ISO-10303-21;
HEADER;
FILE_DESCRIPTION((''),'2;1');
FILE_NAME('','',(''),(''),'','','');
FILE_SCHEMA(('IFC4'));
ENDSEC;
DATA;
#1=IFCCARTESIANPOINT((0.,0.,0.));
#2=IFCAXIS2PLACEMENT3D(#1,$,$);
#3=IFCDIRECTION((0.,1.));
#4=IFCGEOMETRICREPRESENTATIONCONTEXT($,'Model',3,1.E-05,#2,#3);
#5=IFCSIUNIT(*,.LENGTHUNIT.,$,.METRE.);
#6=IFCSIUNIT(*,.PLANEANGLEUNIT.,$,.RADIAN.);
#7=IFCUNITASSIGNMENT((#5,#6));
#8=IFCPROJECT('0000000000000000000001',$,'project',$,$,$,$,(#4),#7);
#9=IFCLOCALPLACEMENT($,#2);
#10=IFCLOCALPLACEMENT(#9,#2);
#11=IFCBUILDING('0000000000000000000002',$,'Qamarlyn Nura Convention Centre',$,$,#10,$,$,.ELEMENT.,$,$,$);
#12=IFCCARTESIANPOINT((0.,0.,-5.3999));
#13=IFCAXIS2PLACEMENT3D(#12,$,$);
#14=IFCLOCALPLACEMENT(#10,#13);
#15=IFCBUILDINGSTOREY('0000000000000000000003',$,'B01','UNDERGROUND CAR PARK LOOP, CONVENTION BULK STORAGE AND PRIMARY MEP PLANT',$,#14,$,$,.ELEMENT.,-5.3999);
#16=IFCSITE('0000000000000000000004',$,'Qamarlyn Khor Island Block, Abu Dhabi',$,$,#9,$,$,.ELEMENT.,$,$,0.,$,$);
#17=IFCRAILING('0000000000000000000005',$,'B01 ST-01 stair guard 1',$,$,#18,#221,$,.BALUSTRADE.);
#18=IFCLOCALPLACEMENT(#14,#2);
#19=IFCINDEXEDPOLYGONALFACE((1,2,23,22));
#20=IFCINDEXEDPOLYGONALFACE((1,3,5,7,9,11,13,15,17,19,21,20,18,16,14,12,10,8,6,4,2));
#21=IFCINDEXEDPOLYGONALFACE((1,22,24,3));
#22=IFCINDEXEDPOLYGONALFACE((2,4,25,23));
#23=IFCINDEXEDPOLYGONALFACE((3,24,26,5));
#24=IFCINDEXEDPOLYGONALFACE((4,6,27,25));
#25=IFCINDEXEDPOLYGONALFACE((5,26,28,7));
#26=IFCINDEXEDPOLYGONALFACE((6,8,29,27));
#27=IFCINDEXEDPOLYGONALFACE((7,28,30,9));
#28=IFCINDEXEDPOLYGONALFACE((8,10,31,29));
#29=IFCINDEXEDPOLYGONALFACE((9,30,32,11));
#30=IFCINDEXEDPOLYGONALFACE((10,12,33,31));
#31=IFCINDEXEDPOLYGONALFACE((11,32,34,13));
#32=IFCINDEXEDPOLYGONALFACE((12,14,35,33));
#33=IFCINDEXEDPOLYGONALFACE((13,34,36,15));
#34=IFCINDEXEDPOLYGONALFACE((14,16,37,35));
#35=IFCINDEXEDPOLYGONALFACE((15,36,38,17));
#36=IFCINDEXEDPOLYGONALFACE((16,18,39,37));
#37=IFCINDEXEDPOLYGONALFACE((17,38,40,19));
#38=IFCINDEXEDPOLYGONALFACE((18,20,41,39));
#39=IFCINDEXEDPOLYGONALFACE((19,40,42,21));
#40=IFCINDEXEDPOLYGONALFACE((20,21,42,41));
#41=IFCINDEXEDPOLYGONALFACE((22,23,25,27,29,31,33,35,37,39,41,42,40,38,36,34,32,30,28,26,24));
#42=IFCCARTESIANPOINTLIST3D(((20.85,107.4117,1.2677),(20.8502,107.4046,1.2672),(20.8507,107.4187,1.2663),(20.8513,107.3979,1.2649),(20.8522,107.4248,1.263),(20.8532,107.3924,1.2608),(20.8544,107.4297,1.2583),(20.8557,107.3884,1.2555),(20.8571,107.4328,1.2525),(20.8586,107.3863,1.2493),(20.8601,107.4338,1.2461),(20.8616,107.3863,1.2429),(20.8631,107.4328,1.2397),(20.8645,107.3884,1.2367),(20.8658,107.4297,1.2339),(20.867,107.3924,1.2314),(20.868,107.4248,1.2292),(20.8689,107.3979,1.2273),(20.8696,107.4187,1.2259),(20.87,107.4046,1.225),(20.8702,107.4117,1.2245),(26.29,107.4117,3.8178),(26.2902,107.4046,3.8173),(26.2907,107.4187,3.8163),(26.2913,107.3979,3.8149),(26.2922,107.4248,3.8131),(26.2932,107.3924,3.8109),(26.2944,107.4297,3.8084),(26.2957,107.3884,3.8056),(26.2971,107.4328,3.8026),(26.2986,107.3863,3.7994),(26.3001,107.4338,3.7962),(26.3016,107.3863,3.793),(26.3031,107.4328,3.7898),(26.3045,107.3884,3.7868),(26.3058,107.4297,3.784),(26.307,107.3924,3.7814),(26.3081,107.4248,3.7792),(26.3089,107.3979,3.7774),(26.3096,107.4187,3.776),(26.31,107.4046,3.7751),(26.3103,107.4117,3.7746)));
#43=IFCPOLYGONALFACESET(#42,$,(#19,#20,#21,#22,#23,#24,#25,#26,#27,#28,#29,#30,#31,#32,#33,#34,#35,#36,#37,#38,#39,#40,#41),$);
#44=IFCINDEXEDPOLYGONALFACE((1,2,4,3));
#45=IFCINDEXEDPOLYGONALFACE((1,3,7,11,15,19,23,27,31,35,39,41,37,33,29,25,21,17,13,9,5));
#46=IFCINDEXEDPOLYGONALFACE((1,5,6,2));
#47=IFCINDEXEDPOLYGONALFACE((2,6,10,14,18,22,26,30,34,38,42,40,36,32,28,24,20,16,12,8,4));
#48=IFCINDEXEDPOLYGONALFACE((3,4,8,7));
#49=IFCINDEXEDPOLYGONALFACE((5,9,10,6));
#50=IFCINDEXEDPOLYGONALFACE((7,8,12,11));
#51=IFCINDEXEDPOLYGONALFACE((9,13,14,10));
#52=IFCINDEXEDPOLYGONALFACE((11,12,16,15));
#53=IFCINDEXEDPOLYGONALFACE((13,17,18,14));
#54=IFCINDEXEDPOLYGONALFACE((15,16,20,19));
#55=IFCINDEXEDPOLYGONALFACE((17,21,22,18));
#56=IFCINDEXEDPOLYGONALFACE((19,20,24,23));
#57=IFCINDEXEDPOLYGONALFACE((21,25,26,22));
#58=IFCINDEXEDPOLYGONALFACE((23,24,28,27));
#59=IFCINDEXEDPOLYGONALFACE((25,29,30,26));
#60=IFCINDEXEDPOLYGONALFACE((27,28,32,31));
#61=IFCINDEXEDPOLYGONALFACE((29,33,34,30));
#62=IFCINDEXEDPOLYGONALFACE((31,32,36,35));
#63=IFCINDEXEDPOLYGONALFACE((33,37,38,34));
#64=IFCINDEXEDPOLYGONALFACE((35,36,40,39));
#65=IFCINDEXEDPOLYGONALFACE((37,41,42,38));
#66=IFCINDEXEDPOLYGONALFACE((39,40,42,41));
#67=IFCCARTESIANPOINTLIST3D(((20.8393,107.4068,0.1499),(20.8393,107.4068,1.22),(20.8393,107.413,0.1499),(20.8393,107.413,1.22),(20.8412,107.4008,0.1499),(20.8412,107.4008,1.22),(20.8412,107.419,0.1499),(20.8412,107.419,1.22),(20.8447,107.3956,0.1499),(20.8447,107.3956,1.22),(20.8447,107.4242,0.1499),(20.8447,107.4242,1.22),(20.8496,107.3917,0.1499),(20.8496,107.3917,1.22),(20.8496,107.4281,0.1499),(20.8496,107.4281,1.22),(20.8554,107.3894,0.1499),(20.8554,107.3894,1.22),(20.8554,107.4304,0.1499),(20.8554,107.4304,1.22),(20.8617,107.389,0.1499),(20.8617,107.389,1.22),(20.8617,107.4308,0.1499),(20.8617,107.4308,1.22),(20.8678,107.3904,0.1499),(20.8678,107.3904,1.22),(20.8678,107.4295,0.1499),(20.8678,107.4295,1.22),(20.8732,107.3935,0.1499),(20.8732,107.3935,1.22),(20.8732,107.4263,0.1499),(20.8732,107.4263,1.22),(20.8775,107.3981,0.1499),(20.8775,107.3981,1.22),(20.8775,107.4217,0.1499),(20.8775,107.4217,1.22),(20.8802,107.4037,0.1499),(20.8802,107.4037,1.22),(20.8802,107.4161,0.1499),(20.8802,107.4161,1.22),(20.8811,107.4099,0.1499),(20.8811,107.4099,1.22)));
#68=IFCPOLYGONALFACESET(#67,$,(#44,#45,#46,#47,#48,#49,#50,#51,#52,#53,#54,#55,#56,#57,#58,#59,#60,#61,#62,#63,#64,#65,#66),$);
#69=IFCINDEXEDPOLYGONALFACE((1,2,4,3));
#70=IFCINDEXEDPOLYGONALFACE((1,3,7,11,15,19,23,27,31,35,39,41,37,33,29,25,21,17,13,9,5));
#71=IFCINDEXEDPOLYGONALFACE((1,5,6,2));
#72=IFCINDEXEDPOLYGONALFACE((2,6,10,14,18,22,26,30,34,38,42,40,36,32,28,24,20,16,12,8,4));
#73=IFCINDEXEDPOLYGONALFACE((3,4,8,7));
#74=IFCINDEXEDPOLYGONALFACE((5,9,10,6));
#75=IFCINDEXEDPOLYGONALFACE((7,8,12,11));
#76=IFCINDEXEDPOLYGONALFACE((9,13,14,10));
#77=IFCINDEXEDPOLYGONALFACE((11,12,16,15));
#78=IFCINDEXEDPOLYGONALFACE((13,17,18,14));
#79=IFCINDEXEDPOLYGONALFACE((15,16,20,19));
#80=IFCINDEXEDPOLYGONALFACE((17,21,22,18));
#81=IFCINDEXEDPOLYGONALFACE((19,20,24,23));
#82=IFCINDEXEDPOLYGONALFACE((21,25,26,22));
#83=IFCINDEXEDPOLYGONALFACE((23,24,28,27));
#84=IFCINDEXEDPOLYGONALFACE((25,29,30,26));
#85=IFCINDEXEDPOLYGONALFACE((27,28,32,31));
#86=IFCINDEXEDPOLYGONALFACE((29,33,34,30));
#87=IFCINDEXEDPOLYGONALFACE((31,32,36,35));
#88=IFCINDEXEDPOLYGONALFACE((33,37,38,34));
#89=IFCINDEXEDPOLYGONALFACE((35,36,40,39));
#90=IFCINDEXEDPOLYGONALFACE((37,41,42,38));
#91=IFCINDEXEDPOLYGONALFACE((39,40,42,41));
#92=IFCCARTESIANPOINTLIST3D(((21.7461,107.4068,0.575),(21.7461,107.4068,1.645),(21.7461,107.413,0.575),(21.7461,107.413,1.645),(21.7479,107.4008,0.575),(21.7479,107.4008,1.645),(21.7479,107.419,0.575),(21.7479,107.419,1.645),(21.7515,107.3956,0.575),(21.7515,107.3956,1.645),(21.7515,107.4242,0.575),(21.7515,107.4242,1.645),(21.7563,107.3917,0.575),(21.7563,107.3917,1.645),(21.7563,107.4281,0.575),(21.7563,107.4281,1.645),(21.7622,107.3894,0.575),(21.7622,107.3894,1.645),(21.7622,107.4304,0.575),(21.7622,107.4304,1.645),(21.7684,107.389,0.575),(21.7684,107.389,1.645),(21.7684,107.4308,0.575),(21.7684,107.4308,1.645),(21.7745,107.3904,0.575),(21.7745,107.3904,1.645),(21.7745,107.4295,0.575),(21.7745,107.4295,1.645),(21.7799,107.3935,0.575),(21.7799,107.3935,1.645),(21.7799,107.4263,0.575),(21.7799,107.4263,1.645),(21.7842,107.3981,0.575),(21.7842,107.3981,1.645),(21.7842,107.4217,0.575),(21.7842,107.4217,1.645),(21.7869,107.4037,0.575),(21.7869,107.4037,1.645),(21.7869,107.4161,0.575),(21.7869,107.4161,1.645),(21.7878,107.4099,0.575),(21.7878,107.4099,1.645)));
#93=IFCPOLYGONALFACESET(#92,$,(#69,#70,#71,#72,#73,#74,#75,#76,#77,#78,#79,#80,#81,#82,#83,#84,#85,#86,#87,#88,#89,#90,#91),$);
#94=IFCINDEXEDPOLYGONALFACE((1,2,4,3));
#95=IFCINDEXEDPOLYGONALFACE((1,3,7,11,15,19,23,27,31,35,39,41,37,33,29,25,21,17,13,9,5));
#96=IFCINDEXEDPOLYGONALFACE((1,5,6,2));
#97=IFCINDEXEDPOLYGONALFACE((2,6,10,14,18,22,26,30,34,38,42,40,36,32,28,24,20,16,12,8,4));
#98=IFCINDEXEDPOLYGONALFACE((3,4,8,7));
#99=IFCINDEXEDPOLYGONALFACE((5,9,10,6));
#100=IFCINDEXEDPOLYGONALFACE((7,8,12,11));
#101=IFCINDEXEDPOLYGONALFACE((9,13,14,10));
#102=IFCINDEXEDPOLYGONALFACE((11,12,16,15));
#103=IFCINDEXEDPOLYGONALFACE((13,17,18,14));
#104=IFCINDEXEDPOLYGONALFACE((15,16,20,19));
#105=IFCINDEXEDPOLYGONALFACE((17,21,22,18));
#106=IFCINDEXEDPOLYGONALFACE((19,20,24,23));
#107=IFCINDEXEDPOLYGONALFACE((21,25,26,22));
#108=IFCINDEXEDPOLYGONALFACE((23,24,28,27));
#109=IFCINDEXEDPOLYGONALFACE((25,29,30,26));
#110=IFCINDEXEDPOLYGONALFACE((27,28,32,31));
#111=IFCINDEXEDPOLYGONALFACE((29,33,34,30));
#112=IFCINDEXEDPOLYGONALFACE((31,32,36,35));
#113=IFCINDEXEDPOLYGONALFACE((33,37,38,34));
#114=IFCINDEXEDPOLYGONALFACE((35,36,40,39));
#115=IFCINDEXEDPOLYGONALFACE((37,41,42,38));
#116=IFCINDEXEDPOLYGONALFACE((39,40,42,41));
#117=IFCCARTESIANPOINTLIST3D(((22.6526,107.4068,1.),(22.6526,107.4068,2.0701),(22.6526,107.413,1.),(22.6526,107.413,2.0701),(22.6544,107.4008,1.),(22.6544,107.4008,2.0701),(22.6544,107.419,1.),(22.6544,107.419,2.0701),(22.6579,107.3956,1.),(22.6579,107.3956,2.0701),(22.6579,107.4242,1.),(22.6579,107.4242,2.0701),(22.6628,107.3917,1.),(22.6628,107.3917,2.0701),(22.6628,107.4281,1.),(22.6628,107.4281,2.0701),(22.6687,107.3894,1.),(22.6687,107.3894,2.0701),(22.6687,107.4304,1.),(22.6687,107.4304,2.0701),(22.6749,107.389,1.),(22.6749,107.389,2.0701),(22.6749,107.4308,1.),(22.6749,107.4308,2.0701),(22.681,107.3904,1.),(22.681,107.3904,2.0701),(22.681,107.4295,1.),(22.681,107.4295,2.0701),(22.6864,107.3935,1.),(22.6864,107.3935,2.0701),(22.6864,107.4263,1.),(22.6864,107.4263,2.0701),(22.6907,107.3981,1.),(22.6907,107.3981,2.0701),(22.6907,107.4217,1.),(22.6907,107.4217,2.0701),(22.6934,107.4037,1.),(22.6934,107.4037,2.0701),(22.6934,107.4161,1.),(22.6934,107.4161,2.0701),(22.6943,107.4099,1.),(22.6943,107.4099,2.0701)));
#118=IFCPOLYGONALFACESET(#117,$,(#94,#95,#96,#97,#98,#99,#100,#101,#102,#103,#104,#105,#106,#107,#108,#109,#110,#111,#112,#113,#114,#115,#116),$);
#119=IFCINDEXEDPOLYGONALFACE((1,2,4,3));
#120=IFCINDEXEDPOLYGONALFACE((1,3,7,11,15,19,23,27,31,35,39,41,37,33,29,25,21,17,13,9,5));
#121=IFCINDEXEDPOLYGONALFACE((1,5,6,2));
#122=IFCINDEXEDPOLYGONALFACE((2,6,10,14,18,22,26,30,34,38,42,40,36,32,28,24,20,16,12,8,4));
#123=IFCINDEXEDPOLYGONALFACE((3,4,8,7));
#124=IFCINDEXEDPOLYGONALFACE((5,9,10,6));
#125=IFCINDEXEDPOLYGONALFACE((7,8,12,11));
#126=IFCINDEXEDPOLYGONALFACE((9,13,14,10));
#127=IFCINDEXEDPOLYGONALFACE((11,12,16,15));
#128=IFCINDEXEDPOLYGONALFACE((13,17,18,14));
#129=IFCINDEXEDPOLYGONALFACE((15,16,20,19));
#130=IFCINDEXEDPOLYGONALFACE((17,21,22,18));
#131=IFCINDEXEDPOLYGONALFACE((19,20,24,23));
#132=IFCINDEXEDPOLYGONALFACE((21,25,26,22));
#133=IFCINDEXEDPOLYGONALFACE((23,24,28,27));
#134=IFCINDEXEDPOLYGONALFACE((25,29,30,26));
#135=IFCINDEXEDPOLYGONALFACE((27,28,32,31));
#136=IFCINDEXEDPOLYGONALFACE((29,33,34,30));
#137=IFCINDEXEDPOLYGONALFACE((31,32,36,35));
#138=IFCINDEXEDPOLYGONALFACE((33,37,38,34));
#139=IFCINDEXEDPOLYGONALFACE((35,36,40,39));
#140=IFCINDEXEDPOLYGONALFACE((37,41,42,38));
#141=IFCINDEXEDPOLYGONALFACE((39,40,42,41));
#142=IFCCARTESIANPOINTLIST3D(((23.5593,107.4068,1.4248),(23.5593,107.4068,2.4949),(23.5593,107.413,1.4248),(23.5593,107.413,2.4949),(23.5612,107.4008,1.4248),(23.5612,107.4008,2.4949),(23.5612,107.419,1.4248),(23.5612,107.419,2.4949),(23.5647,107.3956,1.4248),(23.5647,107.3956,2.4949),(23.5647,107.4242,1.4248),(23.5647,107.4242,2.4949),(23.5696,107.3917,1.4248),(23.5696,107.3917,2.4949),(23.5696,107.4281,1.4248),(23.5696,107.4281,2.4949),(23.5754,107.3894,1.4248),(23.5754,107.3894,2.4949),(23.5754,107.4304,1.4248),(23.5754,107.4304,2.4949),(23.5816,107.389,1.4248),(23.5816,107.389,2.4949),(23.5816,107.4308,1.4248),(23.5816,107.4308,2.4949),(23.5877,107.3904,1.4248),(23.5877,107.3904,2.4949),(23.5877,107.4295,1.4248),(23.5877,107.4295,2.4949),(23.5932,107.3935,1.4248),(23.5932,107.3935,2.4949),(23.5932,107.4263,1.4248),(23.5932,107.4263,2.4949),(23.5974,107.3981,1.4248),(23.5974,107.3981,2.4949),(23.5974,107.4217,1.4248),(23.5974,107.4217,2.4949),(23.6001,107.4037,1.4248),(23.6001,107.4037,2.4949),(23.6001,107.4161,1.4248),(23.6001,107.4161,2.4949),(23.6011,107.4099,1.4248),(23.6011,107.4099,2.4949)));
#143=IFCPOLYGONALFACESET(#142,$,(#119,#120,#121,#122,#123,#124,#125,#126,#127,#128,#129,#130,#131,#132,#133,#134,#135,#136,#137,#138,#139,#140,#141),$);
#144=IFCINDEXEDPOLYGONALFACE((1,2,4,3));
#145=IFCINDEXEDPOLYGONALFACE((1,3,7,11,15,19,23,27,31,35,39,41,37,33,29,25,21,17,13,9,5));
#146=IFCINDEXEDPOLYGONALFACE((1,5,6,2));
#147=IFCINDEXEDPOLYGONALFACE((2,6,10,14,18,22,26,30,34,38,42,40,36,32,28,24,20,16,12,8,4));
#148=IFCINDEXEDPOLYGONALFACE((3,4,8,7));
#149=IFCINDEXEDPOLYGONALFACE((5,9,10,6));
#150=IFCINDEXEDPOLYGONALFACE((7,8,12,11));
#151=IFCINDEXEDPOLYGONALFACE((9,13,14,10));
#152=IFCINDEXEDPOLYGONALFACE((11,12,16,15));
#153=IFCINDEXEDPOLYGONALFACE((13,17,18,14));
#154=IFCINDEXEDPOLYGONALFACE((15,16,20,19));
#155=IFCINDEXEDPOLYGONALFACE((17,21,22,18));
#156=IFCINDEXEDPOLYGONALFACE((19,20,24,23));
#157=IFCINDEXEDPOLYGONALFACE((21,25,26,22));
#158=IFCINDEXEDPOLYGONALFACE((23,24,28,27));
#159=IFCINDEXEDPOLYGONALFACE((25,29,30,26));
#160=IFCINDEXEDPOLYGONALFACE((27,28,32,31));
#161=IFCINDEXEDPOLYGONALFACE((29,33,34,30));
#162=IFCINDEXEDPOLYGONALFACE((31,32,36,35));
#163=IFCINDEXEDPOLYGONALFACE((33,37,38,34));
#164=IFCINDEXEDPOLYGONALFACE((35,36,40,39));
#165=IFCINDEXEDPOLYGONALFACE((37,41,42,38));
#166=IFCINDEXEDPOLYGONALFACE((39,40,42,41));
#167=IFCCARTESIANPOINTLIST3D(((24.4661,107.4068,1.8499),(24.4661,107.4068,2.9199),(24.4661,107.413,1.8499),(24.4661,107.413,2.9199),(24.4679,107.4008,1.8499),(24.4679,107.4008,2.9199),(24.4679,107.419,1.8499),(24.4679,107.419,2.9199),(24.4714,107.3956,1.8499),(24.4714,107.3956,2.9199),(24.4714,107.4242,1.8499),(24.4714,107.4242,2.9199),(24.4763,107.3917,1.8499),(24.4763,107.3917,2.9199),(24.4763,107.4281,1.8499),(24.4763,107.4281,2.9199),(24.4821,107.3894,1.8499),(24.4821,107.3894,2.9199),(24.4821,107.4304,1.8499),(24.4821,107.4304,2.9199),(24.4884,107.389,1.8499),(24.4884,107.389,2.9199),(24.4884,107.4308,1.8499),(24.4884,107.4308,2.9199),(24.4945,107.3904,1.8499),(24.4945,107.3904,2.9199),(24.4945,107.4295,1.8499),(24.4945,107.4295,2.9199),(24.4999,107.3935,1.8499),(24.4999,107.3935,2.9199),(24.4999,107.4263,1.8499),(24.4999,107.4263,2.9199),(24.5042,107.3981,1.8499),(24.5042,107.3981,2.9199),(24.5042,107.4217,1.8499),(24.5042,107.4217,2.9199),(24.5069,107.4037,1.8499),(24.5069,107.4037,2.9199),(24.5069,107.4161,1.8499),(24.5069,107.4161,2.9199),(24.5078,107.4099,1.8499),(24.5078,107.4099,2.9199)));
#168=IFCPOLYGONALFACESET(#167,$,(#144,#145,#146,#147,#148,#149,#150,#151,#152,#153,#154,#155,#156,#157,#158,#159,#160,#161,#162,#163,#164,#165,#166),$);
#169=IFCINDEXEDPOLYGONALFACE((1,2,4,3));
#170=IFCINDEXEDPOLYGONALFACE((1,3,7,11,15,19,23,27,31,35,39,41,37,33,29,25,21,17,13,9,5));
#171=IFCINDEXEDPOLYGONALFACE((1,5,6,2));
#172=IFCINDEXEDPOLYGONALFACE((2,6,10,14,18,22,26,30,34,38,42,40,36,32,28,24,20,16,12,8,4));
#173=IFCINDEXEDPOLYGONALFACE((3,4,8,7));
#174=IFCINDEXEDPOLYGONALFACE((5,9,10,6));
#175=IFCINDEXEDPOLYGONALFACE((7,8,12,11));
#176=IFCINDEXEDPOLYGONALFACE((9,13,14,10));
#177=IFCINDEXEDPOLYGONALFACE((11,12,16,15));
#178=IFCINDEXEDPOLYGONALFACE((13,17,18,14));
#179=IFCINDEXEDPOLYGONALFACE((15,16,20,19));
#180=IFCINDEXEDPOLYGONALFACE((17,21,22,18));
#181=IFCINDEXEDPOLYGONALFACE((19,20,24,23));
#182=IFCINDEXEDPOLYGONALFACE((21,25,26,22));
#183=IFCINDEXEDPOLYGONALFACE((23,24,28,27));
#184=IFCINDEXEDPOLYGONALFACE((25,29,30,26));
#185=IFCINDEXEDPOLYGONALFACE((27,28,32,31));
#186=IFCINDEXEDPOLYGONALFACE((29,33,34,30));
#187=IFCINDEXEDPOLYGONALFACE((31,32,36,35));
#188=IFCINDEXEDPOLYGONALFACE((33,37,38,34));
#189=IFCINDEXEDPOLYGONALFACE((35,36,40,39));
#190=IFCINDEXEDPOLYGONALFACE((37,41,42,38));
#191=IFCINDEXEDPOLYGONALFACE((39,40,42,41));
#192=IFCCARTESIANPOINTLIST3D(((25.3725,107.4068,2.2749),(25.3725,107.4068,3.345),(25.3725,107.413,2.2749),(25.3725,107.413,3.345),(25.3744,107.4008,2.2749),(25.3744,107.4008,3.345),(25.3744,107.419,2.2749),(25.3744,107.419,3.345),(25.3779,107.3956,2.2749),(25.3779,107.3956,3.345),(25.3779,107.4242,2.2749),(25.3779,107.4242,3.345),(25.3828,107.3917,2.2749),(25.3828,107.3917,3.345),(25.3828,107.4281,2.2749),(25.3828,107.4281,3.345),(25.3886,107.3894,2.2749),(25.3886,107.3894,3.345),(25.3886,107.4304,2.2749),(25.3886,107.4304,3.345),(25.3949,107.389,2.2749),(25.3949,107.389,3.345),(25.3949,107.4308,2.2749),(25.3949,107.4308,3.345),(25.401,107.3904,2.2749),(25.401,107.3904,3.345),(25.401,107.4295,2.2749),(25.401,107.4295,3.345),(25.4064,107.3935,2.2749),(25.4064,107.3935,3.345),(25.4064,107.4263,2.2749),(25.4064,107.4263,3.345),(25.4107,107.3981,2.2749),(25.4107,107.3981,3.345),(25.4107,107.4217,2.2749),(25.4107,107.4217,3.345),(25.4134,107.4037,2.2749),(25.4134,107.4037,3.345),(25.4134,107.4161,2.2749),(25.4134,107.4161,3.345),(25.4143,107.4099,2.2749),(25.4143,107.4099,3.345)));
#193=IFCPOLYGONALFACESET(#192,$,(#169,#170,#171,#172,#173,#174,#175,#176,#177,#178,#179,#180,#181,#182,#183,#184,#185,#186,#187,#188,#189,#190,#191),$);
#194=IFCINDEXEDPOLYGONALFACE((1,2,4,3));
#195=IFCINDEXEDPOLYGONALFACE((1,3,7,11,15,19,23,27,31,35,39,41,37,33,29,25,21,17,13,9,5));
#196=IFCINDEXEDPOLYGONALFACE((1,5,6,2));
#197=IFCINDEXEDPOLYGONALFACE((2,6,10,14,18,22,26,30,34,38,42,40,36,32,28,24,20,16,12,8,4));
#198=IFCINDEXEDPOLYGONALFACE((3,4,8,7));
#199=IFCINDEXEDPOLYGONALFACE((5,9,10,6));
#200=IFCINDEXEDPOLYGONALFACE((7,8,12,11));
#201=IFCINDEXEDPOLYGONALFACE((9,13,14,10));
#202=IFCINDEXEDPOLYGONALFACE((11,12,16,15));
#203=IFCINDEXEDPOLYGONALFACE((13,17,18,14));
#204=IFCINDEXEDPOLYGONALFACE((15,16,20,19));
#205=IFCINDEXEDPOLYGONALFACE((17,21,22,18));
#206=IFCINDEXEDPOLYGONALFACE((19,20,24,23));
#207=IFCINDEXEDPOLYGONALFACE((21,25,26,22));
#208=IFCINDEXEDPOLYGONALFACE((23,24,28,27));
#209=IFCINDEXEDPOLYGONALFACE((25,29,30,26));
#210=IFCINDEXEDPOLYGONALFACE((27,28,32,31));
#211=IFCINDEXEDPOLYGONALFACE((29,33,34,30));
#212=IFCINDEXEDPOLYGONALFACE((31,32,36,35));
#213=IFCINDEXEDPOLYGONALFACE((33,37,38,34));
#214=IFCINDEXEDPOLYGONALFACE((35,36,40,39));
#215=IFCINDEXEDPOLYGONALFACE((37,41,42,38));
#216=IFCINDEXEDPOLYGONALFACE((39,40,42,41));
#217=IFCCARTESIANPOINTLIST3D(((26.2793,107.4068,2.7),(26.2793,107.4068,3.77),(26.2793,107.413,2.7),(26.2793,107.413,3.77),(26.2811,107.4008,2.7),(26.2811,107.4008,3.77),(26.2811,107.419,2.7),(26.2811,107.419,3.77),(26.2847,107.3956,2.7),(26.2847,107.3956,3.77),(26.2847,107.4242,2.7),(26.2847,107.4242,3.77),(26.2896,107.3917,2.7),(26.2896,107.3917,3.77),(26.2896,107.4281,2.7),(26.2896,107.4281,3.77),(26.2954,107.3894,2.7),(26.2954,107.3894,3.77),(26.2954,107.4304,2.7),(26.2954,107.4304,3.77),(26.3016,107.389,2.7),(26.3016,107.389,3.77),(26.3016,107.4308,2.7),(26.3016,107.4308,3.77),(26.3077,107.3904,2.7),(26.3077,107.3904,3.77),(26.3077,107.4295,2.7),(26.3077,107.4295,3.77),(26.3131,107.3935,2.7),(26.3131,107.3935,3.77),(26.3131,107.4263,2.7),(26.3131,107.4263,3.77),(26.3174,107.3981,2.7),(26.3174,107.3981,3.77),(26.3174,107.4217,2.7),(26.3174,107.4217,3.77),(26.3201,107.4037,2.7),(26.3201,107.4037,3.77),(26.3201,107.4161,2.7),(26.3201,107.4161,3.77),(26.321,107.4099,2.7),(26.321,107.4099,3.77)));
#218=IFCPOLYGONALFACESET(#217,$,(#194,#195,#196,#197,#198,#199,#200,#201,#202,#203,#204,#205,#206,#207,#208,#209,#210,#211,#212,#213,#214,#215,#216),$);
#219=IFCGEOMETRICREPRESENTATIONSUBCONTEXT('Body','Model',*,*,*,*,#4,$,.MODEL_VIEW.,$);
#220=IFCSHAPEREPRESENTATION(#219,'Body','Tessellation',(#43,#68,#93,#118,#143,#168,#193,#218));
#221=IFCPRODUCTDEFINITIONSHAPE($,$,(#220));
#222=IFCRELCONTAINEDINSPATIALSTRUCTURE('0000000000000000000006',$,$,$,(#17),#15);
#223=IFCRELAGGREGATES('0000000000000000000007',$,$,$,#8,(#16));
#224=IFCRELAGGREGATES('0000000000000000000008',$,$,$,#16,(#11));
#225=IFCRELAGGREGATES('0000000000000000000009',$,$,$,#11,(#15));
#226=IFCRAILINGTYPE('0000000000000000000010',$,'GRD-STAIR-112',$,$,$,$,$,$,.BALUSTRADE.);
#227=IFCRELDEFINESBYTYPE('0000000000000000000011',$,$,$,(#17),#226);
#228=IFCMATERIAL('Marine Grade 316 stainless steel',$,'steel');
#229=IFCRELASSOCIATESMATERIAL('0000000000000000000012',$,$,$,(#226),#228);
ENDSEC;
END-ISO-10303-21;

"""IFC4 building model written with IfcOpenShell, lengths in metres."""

from ifc_helpers import new_model, si_unit, direction, frame, origin, origin_2d, place, context, subcontext, project, spatial, circle, extrude, material, type_object, element, save


model = new_model("IFC4")

# Units and contexts
model_context = context("Model", 3, precision=1e-05, world=origin(), true_north=direction((0.0, 1.0)))
body_context = subcontext(model_context, "Body", "Model", "MODEL_VIEW")
ifc_project = project(units=[si_unit("LENGTHUNIT", "METRE"), si_unit("PLANEANGLEUNIT", "RADIAN")], contexts=[model_context])

# Site, building, storey
site_placement = place(None, origin())
site = spatial("IfcSite", under=ifc_project, at=site_placement, Name="Qamarlyn Khor Island Block, Abu Dhabi", CompositionType="ELEMENT", RefElevation=0.0)
building_placement = place(site_placement, origin())
building = spatial("IfcBuilding", under=site, at=building_placement, Name="Qamarlyn Nura Convention Centre", CompositionType="ELEMENT")
storey_placement = place(building_placement, frame((0.0, 0.0, -5.3999)))
storey = spatial("IfcBuildingStorey", under=building, at=storey_placement, Name="B01", Description="UNDERGROUND CAR PARK LOOP, CONVENTION BULK STORAGE AND PRIMARY MEP PLANT", CompositionType="ELEMENT", Elevation=-5.3999)

# Railing
ifc_material_1 = material(Name="Marine Grade 316 stainless steel", Category="steel")
railing_type_1 = type_object("IfcRailingType", Name="GRD-STAIR-112", PredefinedType="BALUSTRADE", material=ifc_material_1)
railing_1_placement = place(storey_placement, frame((20.8601, 107.4099, 0.1499)))
element("IfcRailing", 1, at=railing_1_placement, inside=storey, type_object=railing_type_1, Name="B01 ST-01 stair guard 1", PredefinedType="BALUSTRADE", context=body_context, shape_type="SweptSolid", body=[
    extrude(circle(Radius=0.0239, at=origin_2d()), frame((0.0, 0.0, 1.0962), z_axis=(0.905454, 0.0, 0.424444), x_axis=(0.0, 1.0, 0.0)), (0.0, 0.0, 1.0), 6.0081),
    extrude(circle(Radius=0.021, at=origin_2d()), origin(), (0.0, 0.0, 1.0), 1.0701),
    extrude(circle(Radius=0.021, at=origin_2d()), frame((0.9067, 0.0, 0.425)), (0.0, 0.0, 1.0), 1.0701),
    extrude(circle(Radius=0.021, at=origin_2d()), frame((1.8132, 0.0, 0.8501)), (0.0, 0.0, 1.0), 1.0701),
    extrude(circle(Radius=0.021, at=origin_2d()), frame((2.72, 0.0, 1.2749)), (0.0, 0.0, 1.0), 1.0701),
    extrude(circle(Radius=0.021, at=origin_2d()), frame((3.6267, 0.0, 1.7)), (0.0, 0.0, 1.0), 1.0701),
    extrude(circle(Radius=0.021, at=origin_2d()), frame((4.5332, 0.0, 2.125)), (0.0, 0.0, 1.0), 1.0701),
    extrude(circle(Radius=0.021, at=origin_2d()), frame((5.4399, 0.0, 2.55)), (0.0, 0.0, 1.0), 1.0701),
])

save(model, "model.ifc")
